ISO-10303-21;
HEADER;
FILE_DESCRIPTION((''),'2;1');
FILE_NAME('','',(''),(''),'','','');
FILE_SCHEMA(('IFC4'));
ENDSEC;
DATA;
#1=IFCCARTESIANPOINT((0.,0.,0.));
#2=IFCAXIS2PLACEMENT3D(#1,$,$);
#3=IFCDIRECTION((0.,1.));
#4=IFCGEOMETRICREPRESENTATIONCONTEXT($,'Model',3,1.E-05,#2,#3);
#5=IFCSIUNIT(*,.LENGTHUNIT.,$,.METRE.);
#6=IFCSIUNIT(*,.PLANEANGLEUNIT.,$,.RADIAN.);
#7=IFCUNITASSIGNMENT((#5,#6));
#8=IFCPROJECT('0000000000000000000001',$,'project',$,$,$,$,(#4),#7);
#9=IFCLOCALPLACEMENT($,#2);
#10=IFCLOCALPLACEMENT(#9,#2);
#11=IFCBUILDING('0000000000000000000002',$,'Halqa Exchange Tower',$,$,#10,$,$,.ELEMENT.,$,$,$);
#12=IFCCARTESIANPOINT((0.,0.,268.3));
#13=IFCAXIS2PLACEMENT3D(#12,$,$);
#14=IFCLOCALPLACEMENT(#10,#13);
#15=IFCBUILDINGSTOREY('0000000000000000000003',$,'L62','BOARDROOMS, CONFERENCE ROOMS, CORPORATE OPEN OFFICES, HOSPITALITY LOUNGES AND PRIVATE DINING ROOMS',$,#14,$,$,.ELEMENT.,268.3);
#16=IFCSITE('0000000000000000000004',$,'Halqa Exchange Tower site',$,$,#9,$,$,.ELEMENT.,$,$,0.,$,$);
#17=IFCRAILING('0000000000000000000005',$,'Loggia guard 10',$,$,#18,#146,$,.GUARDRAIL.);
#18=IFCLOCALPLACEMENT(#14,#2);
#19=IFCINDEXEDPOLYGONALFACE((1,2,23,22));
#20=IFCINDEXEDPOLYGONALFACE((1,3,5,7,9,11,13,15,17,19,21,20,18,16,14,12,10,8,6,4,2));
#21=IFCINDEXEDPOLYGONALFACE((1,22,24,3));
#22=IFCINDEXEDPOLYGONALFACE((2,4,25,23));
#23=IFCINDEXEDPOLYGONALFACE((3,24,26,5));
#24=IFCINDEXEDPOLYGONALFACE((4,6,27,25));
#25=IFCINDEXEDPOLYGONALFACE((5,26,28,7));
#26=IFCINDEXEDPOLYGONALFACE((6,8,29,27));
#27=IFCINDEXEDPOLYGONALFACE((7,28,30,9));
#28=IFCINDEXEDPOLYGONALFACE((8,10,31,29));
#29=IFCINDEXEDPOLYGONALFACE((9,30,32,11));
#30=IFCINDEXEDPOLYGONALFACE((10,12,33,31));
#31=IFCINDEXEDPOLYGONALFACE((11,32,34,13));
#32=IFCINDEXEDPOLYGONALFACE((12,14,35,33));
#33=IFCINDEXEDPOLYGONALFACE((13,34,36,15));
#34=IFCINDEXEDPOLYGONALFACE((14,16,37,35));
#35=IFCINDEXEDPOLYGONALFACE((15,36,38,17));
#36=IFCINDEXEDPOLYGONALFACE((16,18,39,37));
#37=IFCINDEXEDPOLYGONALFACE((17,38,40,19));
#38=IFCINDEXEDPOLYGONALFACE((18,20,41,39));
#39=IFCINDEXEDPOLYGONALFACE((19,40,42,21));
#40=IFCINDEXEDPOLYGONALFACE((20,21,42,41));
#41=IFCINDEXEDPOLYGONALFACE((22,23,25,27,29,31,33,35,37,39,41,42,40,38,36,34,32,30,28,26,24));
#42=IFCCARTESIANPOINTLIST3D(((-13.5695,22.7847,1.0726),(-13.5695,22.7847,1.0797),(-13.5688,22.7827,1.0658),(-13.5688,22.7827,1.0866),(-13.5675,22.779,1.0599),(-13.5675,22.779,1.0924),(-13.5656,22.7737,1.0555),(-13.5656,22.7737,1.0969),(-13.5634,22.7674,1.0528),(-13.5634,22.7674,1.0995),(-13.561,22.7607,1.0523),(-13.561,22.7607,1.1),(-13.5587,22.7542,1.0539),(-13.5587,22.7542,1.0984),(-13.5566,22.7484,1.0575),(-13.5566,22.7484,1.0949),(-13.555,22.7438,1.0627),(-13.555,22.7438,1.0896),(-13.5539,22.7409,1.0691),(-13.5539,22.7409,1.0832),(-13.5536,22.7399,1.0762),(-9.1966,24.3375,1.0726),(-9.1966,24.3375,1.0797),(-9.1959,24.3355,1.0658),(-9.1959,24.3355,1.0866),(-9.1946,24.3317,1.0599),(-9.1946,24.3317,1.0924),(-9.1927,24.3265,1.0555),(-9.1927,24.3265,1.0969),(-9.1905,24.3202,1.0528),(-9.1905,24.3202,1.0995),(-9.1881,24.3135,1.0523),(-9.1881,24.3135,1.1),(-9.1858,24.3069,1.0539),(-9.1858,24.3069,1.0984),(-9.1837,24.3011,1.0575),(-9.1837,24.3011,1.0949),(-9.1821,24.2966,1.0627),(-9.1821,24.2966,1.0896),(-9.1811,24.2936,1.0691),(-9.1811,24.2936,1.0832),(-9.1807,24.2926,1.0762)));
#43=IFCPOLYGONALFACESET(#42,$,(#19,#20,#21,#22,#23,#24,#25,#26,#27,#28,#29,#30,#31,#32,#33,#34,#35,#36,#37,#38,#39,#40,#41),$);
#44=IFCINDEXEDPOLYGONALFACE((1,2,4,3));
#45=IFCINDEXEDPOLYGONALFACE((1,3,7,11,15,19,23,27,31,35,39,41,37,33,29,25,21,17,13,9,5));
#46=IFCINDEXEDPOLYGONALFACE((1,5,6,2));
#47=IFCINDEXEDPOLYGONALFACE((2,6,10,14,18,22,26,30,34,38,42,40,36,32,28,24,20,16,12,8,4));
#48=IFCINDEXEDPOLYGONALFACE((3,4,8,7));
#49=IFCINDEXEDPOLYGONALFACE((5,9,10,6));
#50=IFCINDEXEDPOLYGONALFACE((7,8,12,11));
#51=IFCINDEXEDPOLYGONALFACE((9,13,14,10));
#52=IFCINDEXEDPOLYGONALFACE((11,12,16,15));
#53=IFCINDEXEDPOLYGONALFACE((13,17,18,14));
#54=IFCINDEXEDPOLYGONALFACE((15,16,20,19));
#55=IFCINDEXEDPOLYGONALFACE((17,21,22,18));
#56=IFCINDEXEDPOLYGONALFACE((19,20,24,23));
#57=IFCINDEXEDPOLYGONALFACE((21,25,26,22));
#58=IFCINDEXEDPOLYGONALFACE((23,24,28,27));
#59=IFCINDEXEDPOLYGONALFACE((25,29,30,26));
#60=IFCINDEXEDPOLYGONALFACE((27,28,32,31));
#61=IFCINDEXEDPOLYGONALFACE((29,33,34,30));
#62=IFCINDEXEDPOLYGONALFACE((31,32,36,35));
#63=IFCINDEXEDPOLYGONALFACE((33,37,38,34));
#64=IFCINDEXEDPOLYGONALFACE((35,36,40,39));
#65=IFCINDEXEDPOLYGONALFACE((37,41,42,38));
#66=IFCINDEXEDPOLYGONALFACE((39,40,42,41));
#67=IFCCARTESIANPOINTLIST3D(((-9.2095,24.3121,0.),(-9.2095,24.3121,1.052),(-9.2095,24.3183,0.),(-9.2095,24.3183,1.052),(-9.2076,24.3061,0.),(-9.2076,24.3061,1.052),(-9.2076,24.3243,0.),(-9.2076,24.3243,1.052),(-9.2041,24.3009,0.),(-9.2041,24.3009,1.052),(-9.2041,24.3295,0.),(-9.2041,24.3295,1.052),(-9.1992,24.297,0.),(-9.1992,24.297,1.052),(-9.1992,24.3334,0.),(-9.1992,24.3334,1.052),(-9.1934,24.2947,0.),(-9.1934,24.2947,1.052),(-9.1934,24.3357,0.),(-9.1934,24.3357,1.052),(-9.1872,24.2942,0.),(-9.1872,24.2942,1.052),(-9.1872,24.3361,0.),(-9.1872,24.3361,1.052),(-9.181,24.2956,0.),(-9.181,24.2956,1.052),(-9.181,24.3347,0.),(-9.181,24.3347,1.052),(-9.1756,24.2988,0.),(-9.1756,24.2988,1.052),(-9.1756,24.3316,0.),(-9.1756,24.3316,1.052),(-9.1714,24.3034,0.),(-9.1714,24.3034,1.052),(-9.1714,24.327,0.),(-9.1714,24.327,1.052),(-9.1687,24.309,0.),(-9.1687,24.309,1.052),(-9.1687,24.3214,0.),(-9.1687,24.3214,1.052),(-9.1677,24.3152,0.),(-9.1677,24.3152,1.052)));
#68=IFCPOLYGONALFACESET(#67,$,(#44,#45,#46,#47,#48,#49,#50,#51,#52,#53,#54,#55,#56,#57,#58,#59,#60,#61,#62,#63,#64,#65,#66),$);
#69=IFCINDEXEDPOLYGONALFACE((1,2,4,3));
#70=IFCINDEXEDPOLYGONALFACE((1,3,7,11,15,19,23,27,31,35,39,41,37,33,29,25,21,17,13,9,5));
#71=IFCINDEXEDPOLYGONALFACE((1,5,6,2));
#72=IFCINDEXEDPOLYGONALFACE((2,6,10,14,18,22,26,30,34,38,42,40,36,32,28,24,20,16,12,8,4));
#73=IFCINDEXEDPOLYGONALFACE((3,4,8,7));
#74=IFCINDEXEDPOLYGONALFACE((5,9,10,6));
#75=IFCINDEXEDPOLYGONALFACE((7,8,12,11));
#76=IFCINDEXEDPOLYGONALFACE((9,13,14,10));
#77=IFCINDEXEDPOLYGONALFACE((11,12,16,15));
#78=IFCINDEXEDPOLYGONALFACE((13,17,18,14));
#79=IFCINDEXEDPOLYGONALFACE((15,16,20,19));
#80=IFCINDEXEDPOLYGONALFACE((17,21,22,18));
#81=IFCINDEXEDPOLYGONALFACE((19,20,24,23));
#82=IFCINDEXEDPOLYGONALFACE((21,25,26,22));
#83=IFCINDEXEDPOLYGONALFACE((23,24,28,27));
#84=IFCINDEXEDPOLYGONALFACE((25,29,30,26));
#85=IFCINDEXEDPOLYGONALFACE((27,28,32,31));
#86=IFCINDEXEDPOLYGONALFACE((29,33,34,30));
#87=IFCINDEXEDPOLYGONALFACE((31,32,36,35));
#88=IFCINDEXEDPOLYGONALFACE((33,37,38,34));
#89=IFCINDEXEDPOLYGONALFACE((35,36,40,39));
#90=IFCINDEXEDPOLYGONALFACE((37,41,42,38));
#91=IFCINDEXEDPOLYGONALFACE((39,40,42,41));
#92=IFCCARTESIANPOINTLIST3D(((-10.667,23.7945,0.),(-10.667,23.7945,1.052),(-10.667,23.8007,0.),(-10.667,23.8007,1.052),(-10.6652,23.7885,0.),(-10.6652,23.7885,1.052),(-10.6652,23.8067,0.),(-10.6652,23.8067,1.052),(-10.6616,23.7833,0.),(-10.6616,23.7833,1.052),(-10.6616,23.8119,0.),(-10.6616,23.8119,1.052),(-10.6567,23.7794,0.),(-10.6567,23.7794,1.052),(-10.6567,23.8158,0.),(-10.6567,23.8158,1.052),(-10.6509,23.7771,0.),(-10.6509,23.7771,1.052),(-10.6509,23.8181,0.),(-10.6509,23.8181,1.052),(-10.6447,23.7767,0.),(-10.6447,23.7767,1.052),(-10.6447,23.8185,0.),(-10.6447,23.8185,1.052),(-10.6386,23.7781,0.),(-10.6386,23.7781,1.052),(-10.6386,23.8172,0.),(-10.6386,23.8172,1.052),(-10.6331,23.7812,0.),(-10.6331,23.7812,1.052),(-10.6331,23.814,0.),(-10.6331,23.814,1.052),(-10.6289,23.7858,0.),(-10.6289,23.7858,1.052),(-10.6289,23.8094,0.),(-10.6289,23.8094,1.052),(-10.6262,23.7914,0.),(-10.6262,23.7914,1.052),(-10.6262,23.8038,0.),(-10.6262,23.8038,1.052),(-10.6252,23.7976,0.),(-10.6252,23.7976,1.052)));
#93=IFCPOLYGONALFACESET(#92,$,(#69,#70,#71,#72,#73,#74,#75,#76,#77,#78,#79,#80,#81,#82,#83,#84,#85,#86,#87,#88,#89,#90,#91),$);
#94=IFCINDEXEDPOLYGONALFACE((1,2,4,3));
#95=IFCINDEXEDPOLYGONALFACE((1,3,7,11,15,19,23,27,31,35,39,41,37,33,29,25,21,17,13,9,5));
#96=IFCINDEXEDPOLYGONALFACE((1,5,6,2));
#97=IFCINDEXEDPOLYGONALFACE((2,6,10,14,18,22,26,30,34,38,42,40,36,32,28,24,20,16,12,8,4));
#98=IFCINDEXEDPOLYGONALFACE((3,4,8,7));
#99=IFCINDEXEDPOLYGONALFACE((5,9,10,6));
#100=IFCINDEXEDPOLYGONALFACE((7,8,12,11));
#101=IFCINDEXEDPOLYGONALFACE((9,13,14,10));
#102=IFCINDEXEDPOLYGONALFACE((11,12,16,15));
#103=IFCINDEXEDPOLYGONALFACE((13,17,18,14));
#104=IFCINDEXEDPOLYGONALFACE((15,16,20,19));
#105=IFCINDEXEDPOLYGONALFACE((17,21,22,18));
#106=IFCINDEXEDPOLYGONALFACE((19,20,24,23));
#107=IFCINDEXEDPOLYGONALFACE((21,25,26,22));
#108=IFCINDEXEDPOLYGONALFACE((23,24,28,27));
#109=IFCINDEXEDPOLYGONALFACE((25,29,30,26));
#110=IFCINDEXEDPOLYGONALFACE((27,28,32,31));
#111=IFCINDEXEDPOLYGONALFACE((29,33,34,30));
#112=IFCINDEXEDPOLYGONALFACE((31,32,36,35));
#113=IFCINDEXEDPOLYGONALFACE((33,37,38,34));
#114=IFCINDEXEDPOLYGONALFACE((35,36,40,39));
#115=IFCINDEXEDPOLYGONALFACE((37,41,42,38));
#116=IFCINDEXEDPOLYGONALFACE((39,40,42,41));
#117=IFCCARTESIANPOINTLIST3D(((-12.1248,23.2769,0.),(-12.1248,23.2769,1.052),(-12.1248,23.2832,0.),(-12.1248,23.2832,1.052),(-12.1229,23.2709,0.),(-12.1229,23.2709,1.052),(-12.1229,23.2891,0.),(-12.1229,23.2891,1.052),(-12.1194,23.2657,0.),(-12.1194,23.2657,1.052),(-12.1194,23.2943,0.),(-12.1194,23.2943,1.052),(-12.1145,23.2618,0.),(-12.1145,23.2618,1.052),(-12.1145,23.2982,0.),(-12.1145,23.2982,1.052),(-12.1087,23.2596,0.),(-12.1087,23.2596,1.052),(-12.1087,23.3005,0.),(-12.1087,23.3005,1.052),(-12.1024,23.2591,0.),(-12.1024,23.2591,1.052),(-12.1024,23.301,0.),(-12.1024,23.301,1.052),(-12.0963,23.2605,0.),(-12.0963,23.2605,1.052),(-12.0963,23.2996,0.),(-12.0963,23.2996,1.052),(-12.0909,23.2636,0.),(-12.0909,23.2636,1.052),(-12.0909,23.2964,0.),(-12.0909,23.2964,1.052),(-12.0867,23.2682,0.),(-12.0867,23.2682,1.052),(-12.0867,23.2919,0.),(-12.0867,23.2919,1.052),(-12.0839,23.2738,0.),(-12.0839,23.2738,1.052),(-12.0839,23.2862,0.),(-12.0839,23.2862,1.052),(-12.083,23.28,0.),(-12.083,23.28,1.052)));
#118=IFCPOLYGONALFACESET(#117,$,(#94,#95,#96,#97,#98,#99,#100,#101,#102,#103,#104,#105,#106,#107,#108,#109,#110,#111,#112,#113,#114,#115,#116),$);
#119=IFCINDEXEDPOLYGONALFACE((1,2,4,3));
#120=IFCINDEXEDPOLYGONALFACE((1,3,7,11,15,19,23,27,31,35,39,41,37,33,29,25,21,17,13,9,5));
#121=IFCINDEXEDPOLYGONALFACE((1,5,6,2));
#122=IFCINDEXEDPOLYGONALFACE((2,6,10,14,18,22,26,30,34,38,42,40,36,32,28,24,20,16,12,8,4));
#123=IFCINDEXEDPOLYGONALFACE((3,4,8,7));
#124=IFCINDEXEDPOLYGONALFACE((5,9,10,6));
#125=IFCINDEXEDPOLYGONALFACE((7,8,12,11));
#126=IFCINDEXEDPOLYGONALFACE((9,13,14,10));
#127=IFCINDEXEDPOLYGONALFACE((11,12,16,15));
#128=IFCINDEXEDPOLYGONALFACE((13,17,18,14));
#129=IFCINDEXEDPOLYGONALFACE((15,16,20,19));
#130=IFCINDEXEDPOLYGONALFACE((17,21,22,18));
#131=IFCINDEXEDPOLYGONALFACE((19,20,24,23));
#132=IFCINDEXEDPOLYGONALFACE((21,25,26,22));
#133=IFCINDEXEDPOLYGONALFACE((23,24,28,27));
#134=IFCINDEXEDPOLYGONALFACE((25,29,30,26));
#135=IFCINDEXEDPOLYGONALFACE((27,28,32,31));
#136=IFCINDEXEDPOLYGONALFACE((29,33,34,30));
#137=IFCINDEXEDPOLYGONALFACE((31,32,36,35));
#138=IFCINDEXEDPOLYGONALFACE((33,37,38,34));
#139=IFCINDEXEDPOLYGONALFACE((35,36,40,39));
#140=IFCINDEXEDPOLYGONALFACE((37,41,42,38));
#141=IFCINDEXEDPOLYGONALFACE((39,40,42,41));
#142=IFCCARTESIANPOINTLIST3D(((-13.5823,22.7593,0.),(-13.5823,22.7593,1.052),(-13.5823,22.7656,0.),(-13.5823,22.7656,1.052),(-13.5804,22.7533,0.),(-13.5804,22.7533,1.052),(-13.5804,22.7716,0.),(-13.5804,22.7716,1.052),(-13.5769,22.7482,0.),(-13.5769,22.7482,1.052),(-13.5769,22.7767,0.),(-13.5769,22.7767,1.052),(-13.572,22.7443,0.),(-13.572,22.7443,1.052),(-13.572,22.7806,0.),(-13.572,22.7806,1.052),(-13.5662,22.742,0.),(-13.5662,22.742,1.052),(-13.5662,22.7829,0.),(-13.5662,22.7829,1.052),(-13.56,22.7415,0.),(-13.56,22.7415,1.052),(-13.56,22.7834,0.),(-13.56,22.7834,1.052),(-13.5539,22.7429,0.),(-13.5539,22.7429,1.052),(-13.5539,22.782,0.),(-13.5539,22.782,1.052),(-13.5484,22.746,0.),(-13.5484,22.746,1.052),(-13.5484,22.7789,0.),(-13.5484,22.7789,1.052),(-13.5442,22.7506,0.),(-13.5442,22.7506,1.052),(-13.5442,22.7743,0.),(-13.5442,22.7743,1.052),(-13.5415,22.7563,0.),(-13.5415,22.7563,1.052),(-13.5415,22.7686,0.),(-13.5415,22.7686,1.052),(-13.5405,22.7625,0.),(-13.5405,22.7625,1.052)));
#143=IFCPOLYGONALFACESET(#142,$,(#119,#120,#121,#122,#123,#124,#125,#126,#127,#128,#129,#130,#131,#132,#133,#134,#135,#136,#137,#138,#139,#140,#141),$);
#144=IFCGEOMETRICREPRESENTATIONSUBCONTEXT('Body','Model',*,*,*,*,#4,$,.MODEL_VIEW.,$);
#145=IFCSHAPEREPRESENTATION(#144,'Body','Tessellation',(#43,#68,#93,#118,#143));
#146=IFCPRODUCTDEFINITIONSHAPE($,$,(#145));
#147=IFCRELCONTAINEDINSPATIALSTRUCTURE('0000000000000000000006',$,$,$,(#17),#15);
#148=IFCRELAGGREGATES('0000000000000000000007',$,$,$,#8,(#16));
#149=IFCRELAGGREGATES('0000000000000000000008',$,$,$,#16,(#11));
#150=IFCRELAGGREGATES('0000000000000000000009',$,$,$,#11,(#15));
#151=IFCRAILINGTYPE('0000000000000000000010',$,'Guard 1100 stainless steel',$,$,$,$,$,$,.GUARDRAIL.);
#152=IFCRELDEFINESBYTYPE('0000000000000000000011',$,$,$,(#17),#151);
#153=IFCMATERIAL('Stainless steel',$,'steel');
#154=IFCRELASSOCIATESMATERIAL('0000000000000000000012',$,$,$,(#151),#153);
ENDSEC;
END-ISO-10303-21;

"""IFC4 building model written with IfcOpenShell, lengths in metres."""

from ifc_helpers import new_model, si_unit, direction, frame, origin, origin_2d, place, context, subcontext, project, spatial, circle, extrude, material, type_object, element, save


model = new_model("IFC4")

# Units and contexts
model_context = context("Model", 3, precision=1e-05, world=origin(), true_north=direction((0.0, 1.0)))
body_context = subcontext(model_context, "Body", "Model", "MODEL_VIEW")
ifc_project = project(units=[si_unit("LENGTHUNIT", "METRE"), si_unit("PLANEANGLEUNIT", "RADIAN")], contexts=[model_context])

# Site, building, storey
site_placement = place(None, origin())
site = spatial("IfcSite", under=ifc_project, at=site_placement, Name="Halqa Exchange Tower site", CompositionType="ELEMENT", RefElevation=0.0)
building_placement = place(site_placement, origin())
building = spatial("IfcBuilding", under=site, at=building_placement, Name="Halqa Exchange Tower", CompositionType="ELEMENT")
storey_placement = place(building_placement, frame((0.0, 0.0, 268.3)))
storey = spatial("IfcBuildingStorey", under=building, at=storey_placement, Name="L62", Description="BOARDROOMS, CONFERENCE ROOMS, CORPORATE OPEN OFFICES, HOSPITALITY LOUNGES AND PRIVATE DINING ROOMS", CompositionType="ELEMENT", Elevation=268.3)

# Railing
ifc_material_1 = material(Name="Stainless steel", Category="steel")
railing_type_1 = type_object("IfcRailingType", Name="Guard 1100 stainless steel", PredefinedType="GUARDRAIL", material=ifc_material_1)
railing_1_placement = place(storey_placement, frame((-9.1887, 24.3152, 0.0)))
element("IfcRailing", 1, at=railing_1_placement, inside=storey, type_object=railing_type_1, Name="Loggia guard 10", PredefinedType="GUARDRAIL", context=body_context, shape_type="SweptSolid", body=[
    extrude(circle(Radius=0.0239, at=origin_2d()), frame((0.0, 0.0, 1.0762), z_axis=(-0.942353, -0.334619, 0.0), x_axis=(0.334619, -0.942353, 0.0)), (0.0, 0.0, 1.0), 4.6404),
    extrude(circle(Radius=0.021, at=origin_2d()), origin(), (0.0, 0.0, 1.0), 1.052),
    extrude(circle(Radius=0.021, at=origin_2d()), frame((-1.4575, -0.5176, 0.0)), (0.0, 0.0, 1.0), 1.052),
    extrude(circle(Radius=0.021, at=origin_2d()), frame((-2.9153, -1.0352, 0.0)), (0.0, 0.0, 1.0), 1.052),
    extrude(circle(Radius=0.021, at=origin_2d()), frame((-4.3728, -1.5527, 0.0)), (0.0, 0.0, 1.0), 1.052),
])

save(model, "model.ifc")
